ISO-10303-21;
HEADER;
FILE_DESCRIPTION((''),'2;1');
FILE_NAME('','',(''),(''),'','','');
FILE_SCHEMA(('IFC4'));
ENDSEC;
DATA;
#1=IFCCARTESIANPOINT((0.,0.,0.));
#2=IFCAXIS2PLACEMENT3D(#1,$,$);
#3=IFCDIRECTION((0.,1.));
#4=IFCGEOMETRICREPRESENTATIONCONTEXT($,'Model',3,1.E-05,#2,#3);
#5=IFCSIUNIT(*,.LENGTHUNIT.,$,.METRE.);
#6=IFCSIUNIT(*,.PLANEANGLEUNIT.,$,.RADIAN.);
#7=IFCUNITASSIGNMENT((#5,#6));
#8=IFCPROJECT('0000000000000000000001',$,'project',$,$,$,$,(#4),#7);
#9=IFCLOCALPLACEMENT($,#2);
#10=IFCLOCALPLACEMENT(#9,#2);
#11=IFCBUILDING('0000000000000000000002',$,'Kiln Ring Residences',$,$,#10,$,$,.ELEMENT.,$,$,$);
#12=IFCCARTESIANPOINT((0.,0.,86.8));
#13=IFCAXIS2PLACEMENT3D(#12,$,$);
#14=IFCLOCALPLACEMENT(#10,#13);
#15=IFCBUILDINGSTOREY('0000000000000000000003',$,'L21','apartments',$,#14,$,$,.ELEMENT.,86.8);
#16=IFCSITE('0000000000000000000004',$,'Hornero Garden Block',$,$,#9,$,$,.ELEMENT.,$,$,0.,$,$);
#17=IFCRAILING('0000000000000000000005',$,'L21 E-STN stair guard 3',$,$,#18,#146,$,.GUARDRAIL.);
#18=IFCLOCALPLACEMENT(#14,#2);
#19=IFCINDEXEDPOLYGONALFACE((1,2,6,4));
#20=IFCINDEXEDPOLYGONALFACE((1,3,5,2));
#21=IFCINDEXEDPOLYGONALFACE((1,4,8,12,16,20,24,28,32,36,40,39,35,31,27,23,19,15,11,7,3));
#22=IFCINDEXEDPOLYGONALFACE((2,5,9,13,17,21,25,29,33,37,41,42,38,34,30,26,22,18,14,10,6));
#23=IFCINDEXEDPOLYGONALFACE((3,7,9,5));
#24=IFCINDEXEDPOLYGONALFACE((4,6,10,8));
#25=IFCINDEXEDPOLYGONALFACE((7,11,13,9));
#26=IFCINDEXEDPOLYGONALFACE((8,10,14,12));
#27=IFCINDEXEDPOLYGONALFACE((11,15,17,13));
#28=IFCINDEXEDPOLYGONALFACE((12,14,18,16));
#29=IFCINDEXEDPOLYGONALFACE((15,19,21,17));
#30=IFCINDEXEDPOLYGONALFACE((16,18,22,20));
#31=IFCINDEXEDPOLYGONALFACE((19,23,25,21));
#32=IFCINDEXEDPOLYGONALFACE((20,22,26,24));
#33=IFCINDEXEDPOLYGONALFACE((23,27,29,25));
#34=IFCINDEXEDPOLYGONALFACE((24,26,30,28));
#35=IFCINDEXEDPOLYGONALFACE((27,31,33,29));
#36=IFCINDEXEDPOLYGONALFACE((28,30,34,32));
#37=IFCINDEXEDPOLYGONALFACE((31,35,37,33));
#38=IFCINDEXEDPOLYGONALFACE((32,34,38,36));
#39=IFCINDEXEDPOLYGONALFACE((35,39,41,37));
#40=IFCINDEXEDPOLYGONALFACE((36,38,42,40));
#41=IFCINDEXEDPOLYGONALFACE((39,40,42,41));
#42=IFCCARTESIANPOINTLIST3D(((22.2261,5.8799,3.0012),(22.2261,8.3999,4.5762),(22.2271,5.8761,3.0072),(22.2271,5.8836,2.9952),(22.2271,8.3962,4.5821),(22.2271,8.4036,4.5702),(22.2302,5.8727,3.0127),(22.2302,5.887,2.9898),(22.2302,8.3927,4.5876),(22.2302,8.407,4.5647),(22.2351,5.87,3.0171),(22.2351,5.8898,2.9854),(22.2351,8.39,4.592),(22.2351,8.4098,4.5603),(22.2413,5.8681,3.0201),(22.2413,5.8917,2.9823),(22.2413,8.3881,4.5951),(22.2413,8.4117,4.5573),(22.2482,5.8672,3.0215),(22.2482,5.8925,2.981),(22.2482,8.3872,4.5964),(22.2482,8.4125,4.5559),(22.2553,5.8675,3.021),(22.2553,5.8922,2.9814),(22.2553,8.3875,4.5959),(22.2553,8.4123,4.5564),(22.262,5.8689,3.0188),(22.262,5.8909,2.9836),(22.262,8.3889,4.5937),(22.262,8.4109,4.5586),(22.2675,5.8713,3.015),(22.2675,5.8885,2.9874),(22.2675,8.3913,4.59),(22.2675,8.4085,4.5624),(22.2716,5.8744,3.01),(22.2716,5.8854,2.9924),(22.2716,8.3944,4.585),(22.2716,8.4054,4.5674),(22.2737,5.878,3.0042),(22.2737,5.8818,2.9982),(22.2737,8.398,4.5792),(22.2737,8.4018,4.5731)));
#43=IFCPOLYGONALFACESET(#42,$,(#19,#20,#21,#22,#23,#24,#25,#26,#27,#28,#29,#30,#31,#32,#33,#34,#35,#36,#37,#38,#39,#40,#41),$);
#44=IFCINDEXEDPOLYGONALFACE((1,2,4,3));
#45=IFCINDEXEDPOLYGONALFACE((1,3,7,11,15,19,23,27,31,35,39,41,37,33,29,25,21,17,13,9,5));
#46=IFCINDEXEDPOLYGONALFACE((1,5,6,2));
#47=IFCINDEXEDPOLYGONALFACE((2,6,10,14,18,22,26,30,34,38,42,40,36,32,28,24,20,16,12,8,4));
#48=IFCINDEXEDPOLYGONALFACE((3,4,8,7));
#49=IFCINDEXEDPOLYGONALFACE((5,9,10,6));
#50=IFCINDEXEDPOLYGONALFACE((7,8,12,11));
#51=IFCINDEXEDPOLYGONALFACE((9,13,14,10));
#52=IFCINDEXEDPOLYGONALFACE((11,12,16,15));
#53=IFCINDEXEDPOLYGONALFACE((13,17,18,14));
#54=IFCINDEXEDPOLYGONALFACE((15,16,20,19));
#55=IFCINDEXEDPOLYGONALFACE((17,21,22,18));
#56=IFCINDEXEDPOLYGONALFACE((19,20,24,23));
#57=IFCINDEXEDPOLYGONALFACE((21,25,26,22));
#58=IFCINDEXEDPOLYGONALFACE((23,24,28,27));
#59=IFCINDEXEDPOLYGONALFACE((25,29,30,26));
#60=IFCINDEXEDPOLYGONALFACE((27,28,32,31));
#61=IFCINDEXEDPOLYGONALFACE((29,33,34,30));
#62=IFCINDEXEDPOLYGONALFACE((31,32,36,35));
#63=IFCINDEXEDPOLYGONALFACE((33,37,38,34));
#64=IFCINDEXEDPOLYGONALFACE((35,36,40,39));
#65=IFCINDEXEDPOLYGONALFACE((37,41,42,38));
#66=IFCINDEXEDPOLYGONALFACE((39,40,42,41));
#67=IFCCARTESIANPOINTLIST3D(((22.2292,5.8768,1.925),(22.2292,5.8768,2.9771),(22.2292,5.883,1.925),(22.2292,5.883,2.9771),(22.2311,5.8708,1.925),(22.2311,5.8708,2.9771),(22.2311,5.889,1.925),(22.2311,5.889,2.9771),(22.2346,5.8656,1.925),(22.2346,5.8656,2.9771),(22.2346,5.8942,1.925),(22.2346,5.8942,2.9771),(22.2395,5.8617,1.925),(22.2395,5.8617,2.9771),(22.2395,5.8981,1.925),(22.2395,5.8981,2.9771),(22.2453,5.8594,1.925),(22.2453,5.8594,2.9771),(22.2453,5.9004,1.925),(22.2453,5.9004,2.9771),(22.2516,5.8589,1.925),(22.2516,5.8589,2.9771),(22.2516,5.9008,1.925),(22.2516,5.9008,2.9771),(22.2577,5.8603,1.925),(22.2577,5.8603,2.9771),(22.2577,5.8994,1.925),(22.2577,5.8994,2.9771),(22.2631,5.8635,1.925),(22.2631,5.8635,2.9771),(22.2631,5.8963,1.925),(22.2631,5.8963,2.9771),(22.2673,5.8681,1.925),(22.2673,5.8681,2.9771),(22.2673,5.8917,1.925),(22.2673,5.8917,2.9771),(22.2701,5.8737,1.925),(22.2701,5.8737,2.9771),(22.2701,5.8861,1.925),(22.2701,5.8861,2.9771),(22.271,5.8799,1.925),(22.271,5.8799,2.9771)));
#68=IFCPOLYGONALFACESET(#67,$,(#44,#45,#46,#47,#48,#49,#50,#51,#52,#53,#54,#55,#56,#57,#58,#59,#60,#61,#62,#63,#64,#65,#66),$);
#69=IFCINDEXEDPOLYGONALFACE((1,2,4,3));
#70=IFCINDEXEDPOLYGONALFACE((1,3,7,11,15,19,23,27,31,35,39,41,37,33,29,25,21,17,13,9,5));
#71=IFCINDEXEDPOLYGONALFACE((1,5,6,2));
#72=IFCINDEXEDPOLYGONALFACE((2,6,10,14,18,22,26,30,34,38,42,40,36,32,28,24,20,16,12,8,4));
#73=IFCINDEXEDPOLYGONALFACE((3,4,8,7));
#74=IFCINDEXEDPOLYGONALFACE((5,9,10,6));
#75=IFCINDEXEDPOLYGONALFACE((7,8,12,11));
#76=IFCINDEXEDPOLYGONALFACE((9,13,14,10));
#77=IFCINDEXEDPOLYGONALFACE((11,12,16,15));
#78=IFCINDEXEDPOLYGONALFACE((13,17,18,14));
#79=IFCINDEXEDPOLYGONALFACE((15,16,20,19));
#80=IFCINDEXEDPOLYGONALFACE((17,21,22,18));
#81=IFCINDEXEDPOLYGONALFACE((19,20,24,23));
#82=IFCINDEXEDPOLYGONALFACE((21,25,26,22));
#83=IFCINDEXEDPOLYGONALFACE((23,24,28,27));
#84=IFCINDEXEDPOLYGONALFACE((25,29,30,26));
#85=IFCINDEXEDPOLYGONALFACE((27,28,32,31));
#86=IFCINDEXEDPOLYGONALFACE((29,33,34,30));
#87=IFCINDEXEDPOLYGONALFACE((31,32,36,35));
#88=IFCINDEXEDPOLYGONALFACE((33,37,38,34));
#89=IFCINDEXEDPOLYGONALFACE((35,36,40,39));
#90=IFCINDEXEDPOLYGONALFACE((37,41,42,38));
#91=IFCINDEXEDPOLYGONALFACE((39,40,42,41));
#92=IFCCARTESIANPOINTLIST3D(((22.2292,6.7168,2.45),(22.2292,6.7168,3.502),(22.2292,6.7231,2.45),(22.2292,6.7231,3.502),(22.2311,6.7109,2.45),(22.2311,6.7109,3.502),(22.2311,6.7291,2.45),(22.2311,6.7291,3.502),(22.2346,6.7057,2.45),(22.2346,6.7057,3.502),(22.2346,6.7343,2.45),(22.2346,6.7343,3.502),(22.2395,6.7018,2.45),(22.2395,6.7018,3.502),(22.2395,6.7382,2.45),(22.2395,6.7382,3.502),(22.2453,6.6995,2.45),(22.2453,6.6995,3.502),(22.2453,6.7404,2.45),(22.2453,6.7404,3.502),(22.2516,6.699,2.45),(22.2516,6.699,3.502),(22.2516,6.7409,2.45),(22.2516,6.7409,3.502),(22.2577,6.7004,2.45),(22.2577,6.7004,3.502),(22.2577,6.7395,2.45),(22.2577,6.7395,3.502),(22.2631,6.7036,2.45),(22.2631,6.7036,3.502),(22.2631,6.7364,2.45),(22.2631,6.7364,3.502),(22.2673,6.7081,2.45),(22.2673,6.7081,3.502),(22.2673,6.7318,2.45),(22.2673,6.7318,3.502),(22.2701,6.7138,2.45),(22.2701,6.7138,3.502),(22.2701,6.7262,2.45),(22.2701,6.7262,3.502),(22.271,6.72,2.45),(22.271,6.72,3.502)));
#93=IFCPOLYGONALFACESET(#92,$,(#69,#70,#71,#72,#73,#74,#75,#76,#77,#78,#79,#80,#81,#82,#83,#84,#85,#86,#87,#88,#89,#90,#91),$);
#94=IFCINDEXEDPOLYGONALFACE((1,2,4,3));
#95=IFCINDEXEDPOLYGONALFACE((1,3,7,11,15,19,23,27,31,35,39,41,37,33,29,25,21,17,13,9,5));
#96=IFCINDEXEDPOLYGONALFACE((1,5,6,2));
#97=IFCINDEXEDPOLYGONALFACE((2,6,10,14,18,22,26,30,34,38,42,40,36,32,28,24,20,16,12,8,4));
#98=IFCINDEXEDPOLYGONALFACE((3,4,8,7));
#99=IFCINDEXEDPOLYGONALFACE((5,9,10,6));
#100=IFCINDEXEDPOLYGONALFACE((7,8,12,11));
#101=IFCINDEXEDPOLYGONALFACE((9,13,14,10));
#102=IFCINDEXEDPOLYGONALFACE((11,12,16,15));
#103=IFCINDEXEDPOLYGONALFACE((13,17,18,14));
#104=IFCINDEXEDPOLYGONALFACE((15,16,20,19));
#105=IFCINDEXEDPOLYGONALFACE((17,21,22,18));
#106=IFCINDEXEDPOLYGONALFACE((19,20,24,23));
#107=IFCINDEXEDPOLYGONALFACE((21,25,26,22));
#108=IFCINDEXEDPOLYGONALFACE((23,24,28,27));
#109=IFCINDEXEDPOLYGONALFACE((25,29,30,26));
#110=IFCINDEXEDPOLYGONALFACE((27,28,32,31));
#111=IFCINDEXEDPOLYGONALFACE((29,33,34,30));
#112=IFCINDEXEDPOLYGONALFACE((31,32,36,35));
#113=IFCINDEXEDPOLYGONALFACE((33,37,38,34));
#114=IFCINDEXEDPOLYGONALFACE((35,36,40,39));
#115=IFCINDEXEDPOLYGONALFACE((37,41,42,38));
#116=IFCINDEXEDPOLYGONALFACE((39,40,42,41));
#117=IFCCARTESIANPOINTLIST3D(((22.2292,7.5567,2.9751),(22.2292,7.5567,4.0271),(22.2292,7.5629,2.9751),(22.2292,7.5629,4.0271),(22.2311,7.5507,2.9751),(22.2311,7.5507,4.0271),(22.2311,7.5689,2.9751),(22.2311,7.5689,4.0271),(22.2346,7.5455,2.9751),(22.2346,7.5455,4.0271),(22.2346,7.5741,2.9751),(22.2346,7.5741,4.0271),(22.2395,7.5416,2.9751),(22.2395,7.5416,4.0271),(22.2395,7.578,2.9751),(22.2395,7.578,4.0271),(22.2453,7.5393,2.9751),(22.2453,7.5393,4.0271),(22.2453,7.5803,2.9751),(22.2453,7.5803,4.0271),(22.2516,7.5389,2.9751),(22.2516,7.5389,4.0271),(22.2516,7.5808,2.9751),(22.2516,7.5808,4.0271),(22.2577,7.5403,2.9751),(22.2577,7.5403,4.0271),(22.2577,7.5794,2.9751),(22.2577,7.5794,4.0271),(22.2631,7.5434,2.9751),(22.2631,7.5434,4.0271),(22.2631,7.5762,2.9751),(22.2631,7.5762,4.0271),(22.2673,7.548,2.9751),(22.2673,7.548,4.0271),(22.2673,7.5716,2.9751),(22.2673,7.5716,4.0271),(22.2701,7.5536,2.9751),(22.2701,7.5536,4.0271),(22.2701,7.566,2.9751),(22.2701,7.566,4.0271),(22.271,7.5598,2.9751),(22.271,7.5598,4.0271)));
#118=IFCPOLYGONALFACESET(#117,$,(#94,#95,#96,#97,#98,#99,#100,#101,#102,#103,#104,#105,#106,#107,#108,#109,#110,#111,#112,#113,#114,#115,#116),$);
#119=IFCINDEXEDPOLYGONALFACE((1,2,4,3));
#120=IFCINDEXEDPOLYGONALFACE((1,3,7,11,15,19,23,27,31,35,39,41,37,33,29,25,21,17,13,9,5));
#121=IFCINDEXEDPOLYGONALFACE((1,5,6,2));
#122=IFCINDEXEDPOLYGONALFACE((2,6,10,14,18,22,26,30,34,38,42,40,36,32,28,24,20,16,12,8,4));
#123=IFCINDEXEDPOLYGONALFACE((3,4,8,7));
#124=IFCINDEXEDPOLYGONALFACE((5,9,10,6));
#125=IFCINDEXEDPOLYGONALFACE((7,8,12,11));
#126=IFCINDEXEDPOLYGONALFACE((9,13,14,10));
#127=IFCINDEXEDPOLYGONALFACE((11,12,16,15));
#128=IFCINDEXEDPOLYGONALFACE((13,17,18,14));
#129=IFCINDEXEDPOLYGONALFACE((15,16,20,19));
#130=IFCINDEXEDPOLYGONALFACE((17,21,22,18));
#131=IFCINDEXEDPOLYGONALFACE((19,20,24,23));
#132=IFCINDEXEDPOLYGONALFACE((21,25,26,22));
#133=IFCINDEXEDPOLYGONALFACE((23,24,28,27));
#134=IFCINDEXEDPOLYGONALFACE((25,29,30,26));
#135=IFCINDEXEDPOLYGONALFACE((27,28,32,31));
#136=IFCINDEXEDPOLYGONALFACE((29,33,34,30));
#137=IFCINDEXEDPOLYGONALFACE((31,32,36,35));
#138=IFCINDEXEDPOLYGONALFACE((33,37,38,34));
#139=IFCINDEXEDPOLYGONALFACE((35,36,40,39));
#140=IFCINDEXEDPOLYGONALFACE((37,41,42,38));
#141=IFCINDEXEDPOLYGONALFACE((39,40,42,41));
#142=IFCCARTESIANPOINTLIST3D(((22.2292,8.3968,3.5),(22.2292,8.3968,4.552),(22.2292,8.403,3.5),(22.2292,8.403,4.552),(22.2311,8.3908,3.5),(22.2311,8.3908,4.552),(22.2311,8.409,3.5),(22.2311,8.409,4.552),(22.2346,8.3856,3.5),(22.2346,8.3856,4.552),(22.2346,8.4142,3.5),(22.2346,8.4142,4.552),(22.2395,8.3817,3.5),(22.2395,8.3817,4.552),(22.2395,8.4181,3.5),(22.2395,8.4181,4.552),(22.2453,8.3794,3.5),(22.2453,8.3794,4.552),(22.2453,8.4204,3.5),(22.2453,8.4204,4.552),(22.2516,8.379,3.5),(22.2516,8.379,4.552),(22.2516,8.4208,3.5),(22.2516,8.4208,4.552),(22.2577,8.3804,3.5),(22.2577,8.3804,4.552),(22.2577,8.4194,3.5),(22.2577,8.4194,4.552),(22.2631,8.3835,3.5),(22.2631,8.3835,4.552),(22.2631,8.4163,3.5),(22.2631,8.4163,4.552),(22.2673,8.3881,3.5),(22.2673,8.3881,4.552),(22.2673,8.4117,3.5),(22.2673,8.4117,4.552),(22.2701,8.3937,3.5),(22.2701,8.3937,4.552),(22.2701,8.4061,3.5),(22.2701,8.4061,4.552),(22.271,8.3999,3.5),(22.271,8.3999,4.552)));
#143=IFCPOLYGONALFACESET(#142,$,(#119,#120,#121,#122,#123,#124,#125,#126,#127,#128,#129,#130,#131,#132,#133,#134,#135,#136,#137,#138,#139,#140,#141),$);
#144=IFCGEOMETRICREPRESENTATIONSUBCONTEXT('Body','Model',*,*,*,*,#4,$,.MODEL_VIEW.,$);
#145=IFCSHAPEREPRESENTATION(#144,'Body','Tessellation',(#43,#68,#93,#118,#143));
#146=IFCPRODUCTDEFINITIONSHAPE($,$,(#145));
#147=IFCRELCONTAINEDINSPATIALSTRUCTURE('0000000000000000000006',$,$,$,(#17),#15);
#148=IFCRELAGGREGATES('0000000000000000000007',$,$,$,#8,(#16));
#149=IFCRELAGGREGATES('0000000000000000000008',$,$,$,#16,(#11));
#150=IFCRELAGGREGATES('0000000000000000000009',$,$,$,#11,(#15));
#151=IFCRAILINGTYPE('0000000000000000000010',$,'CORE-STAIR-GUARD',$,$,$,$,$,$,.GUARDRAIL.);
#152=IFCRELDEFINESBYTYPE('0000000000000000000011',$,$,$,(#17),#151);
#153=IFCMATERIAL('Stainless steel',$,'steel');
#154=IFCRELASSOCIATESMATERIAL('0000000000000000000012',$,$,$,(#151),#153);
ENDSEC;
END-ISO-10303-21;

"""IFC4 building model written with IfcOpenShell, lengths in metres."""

from ifc_helpers import new_model, si_unit, direction, frame, origin, origin_2d, place, context, subcontext, project, spatial, circle, extrude, material, type_object, element, save


model = new_model("IFC4")

# Units and contexts
model_context = context("Model", 3, precision=1e-05, world=origin(), true_north=direction((0.0, 1.0)))
body_context = subcontext(model_context, "Body", "Model", "MODEL_VIEW")
ifc_project = project(units=[si_unit("LENGTHUNIT", "METRE"), si_unit("PLANEANGLEUNIT", "RADIAN")], contexts=[model_context])

# Site, building, storey
site_placement = place(None, origin())
site = spatial("IfcSite", under=ifc_project, at=site_placement, Name="Hornero Garden Block", CompositionType="ELEMENT", RefElevation=0.0)
building_placement = place(site_placement, origin())
building = spatial("IfcBuilding", under=site, at=building_placement, Name="Kiln Ring Residences", CompositionType="ELEMENT")
storey_placement = place(building_placement, frame((0.0, 0.0, 86.8)))
storey = spatial("IfcBuildingStorey", under=building, at=storey_placement, Name="L21", Description="apartments", CompositionType="ELEMENT", Elevation=86.8)

# Railing
ifc_material_1 = material(Name="Stainless steel", Category="steel")
railing_type_1 = type_object("IfcRailingType", Name="CORE-STAIR-GUARD", PredefinedType="GUARDRAIL", material=ifc_material_1)
railing_1_placement = place(storey_placement, frame((22.25, 5.8799, 1.925)))
element("IfcRailing", 1, at=railing_1_placement, inside=storey, type_object=railing_type_1, Name="L21 E-STN stair guard 3", PredefinedType="GUARDRAIL", context=body_context, shape_type="SweptSolid", body=[
    extrude(circle(Radius=0.0239, at=origin_2d()), frame((0.0, 0.0, 1.0762), z_axis=(0.0, 0.848008, 0.529984), x_axis=(-1.0, 0.0, 0.0)), (0.0, 0.0, 1.0), 2.9717),
    extrude(circle(Radius=0.021, at=origin_2d()), origin(), (0.0, 0.0, 1.0), 1.052),
    extrude(circle(Radius=0.021, at=origin_2d()), frame((0.0, 0.8401, 0.5249)), (0.0, 0.0, 1.0), 1.052),
    extrude(circle(Radius=0.021, at=origin_2d()), frame((0.0, 1.6799, 1.05)), (0.0, 0.0, 1.0), 1.052),
    extrude(circle(Radius=0.021, at=origin_2d()), frame((0.0, 2.52, 1.575)), (0.0, 0.0, 1.0), 1.052),
])

save(model, "model.ifc")
